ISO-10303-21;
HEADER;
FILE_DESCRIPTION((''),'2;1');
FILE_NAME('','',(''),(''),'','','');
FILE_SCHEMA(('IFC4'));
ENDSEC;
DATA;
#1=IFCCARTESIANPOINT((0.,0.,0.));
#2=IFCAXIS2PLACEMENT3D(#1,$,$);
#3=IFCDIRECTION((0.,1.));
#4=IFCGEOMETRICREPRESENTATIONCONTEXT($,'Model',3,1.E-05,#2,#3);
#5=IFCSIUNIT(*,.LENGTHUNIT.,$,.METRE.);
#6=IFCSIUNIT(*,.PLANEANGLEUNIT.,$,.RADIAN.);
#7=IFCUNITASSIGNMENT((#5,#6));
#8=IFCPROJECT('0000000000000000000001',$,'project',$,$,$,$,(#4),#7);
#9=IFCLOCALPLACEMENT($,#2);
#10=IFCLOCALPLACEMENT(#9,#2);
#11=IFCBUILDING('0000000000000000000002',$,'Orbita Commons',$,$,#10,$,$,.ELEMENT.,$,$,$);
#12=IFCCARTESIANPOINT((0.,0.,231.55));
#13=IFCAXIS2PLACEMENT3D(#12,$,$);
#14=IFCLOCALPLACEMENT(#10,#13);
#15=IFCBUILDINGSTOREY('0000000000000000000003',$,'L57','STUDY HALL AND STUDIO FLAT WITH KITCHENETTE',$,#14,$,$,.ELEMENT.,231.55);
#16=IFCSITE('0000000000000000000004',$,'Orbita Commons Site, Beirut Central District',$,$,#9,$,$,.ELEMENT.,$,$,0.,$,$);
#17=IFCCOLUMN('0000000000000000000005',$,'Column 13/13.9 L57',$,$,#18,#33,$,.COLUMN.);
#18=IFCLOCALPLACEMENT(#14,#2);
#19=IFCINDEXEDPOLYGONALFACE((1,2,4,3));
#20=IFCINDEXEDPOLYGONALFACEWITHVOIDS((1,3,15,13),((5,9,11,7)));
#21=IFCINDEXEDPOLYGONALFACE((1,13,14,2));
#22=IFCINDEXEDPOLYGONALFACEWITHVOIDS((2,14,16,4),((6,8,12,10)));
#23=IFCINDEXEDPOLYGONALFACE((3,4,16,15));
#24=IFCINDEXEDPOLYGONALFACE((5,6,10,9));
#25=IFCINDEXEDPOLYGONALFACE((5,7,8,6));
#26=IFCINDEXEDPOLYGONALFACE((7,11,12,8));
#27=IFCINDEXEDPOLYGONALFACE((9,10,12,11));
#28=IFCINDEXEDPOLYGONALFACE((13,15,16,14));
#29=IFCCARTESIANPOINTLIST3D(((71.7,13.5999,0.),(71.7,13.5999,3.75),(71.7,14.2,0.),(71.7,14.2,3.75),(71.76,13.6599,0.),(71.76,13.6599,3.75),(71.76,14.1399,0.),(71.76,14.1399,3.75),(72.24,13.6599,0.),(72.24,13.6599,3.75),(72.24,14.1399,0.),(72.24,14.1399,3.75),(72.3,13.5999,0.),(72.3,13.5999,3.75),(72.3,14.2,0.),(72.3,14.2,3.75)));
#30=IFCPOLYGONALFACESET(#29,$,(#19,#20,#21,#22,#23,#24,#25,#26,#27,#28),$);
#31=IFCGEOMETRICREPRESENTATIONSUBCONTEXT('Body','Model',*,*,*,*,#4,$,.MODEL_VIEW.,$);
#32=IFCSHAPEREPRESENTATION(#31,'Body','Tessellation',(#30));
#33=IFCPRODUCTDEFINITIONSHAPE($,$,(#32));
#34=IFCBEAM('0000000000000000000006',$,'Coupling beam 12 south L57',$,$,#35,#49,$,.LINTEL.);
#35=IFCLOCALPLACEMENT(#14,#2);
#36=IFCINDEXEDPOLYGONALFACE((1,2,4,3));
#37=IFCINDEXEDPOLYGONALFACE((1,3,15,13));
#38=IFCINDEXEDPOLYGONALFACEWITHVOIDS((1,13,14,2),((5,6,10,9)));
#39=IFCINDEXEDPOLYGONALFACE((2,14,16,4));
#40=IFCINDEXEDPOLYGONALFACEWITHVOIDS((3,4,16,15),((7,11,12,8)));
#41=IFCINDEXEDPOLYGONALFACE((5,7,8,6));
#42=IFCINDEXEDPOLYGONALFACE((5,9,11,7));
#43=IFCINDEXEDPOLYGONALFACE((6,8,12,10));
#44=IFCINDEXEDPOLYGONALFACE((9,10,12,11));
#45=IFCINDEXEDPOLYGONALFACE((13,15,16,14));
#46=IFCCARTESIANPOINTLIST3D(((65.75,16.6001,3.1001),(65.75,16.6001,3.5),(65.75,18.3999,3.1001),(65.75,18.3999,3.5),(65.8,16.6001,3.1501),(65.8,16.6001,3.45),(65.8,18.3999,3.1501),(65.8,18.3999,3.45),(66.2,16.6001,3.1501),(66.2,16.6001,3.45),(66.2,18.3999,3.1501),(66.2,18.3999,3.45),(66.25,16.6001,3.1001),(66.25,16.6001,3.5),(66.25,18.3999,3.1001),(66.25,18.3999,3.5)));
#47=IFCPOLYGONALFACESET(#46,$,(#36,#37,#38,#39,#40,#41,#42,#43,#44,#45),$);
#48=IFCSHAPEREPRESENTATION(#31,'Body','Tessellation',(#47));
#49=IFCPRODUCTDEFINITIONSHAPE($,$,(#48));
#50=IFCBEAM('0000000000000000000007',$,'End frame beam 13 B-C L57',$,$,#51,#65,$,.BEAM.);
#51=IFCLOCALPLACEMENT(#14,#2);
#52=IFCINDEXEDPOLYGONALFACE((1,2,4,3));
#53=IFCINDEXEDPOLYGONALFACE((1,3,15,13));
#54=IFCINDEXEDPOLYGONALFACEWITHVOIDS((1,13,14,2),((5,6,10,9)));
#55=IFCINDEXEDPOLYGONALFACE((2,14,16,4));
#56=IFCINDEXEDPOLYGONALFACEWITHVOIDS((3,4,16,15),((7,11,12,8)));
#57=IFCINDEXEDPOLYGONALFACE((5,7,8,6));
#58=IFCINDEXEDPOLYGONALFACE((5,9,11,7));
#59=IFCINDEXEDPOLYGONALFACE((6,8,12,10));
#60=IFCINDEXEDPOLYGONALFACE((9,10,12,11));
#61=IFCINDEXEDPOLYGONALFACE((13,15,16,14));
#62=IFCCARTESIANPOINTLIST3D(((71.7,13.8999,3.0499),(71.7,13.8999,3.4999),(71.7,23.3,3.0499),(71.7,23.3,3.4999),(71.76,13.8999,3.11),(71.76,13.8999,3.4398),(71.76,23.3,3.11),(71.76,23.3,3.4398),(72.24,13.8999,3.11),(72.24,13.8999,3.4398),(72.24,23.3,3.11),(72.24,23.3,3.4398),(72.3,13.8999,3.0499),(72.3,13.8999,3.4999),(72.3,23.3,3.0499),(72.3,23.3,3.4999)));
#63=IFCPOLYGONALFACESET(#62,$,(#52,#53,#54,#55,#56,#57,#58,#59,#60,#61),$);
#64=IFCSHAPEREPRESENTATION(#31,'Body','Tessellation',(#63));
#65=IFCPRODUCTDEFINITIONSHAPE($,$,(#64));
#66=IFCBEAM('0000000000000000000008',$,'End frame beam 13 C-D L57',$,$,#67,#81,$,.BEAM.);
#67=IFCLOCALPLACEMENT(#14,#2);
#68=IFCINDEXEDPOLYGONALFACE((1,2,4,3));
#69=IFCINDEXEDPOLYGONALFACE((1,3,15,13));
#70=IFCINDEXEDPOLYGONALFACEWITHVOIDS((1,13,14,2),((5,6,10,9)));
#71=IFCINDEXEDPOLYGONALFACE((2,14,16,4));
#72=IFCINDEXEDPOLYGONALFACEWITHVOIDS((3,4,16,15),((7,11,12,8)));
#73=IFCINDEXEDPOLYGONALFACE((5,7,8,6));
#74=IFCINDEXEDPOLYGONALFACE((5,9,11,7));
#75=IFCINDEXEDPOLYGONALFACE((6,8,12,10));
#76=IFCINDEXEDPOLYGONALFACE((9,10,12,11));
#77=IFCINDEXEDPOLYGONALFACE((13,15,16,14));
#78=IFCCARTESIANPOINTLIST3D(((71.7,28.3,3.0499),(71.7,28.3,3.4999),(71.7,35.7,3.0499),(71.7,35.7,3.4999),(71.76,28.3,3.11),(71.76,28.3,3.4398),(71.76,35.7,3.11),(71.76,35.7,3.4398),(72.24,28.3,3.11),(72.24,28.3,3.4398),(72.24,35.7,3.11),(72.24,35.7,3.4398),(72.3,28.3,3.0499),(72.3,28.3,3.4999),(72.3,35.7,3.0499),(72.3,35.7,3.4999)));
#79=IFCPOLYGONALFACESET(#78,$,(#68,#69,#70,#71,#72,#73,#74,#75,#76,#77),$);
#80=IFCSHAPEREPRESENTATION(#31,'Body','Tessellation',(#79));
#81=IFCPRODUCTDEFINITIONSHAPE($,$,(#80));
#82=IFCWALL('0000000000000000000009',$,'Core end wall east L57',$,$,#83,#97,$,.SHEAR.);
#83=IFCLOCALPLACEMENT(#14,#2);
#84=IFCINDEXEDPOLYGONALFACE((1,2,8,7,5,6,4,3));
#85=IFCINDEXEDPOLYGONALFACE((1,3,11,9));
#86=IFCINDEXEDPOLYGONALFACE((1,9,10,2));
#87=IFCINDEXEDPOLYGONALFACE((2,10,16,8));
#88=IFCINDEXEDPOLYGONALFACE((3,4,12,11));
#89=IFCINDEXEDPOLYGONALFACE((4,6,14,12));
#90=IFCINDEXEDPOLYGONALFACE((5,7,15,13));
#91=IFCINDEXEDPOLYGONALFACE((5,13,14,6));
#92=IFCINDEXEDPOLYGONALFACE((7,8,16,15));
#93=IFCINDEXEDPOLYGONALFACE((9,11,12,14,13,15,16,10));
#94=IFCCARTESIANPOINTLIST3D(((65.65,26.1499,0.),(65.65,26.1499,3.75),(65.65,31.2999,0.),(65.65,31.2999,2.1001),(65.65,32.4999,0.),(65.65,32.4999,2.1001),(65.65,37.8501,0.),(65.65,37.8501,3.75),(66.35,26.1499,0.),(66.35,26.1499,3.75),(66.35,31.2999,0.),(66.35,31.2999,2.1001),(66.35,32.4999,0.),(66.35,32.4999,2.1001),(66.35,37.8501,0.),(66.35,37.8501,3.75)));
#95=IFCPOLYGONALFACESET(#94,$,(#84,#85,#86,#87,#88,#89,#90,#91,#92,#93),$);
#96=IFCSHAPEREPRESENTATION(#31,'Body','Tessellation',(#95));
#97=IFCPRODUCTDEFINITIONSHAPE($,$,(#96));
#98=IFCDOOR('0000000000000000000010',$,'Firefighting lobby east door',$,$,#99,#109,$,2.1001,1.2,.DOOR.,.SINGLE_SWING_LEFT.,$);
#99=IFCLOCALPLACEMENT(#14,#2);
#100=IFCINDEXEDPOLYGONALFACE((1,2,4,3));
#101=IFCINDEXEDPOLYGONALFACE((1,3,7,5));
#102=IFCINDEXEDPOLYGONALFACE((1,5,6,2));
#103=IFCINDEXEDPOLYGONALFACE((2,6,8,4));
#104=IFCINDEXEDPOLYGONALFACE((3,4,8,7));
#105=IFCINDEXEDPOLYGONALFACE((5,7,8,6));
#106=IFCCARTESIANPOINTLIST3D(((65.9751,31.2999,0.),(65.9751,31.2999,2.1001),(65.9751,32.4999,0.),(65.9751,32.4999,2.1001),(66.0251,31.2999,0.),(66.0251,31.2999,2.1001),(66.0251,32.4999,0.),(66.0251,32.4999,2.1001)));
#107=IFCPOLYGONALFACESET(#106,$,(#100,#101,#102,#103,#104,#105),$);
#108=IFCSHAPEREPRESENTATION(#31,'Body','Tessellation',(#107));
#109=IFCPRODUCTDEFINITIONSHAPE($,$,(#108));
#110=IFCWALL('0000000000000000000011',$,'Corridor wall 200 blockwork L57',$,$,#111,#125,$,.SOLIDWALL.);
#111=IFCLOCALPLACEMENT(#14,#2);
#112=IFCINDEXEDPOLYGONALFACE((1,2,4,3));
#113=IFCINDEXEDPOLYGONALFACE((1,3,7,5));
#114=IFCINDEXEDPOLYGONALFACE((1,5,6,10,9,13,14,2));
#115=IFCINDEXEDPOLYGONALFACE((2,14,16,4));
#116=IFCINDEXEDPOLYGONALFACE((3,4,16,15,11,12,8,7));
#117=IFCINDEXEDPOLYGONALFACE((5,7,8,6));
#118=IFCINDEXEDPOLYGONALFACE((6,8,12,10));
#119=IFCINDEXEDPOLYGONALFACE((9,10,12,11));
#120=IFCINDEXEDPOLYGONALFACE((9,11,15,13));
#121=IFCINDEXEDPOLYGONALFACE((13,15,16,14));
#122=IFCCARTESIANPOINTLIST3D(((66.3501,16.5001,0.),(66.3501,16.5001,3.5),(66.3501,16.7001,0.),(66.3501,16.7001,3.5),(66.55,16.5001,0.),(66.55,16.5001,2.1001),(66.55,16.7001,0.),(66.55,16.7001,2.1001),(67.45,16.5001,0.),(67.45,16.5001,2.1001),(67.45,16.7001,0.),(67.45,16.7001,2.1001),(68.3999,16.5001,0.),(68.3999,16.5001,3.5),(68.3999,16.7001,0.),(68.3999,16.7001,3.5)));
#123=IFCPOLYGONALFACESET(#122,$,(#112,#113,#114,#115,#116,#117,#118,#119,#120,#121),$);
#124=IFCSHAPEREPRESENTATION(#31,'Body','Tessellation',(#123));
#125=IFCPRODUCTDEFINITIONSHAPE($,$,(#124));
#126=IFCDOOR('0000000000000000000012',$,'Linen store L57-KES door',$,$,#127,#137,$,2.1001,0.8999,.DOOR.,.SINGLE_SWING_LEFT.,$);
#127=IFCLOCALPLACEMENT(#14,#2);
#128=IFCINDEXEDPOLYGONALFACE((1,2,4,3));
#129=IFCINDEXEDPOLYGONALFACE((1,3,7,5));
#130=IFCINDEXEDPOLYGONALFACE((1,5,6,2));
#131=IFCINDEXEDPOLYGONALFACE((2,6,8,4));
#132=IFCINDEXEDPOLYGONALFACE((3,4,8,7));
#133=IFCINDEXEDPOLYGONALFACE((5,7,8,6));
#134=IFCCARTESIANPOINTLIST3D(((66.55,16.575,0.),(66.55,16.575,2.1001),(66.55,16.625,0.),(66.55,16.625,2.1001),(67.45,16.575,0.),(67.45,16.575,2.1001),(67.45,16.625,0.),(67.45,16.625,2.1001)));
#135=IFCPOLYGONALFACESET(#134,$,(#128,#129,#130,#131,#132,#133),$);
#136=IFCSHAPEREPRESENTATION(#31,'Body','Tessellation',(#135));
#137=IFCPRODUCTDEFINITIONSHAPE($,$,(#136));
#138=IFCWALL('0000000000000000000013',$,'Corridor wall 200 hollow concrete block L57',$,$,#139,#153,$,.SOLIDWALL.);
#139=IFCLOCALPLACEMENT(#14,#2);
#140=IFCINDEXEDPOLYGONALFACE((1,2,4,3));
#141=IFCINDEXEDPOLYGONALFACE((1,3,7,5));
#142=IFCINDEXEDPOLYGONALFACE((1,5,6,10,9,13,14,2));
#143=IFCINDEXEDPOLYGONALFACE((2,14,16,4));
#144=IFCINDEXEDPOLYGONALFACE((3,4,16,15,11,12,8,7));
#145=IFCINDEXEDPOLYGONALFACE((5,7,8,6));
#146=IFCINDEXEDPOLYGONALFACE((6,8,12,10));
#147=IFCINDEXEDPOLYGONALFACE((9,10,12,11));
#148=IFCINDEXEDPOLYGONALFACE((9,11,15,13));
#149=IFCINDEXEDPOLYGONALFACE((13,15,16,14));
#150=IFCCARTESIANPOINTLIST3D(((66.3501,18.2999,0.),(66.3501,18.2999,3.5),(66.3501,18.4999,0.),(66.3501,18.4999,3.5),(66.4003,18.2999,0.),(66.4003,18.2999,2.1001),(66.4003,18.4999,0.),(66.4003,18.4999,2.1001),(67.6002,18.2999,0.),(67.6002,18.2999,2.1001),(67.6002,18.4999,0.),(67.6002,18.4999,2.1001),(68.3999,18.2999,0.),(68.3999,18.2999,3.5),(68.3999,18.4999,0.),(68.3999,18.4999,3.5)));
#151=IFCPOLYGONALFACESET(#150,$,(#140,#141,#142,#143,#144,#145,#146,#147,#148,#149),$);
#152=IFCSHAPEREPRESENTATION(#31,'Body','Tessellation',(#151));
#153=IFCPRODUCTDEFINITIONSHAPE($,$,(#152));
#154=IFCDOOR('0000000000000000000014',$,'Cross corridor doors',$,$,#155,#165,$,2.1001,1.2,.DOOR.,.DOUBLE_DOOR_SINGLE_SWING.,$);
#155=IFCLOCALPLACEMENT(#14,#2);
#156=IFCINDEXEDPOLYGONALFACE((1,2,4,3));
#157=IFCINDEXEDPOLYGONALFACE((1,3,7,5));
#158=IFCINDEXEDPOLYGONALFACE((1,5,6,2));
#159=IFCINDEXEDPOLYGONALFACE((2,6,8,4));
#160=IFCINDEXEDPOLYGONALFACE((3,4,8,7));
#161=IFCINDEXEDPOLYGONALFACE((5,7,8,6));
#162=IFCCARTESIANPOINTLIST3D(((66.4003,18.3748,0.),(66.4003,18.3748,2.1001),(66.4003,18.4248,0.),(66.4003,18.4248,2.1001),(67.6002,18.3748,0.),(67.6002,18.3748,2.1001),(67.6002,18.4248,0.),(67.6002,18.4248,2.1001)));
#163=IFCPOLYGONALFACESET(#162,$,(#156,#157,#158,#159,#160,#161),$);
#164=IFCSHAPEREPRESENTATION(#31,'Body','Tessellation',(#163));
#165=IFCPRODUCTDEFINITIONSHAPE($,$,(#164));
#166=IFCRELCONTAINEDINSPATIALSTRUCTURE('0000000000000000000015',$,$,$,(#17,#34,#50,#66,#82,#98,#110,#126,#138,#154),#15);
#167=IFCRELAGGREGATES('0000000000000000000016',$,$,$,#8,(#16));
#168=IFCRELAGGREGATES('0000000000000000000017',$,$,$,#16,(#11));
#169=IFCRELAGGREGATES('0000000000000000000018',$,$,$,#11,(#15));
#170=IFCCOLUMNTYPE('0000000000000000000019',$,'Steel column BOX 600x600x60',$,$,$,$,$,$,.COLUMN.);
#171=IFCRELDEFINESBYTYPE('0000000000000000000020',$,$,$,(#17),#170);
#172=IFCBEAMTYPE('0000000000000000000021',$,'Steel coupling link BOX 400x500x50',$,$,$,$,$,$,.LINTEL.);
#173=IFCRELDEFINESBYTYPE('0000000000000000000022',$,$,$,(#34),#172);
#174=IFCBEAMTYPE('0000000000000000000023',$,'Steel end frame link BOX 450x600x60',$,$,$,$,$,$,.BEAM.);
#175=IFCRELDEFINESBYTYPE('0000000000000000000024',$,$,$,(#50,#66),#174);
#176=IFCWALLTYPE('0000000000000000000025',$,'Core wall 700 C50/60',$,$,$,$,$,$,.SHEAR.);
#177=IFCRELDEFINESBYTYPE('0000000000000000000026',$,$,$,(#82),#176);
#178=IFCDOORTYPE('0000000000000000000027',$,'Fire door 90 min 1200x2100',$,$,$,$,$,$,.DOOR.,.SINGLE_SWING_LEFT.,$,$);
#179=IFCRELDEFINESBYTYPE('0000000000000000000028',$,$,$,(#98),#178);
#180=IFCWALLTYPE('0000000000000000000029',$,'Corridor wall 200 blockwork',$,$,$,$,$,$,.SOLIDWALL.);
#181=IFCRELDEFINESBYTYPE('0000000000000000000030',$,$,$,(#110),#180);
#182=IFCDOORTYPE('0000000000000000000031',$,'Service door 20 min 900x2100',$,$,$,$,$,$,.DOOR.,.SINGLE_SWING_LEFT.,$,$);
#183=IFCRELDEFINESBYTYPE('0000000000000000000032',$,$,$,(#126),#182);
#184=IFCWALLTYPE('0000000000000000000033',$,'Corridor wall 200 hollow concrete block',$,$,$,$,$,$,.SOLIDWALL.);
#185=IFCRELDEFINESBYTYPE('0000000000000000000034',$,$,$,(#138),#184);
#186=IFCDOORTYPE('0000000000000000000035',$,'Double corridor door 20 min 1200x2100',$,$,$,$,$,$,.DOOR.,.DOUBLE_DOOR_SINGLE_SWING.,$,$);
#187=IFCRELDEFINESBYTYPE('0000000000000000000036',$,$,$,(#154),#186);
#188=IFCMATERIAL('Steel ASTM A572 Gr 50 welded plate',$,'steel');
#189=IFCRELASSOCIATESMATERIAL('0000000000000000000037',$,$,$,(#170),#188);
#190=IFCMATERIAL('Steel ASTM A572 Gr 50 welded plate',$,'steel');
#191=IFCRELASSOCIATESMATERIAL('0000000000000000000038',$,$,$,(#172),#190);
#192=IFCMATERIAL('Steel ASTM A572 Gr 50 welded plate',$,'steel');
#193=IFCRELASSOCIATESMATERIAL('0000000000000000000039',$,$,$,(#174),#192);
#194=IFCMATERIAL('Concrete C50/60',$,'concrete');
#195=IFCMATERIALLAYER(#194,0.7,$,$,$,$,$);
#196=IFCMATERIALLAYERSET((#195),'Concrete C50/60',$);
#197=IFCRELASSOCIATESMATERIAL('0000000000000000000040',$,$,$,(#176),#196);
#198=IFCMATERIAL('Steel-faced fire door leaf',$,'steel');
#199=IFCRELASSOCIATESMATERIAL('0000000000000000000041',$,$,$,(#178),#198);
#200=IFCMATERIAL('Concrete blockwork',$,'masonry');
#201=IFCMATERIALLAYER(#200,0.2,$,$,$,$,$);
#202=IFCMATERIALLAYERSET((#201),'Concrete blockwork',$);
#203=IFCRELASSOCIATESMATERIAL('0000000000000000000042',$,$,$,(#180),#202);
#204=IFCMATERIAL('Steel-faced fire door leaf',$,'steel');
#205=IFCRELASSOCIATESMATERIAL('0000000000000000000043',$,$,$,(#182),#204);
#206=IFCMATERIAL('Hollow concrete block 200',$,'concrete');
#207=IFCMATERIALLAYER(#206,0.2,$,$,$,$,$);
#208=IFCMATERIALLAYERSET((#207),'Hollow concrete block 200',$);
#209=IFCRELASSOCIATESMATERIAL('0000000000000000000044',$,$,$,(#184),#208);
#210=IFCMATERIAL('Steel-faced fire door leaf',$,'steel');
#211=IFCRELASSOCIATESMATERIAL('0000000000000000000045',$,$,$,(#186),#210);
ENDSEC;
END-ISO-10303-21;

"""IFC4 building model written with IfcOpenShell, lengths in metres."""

from ifc_helpers import new_model, si_unit, direction, frame, frame_2d, origin, origin_2d, place, context, subcontext, project, spatial, rectangle, hollow_rectangle, extrude, material, layer, layer_set, material_profile, profile_set, type_object, element, fill, save


model = new_model("IFC4")

# Units and contexts
model_context = context("Model", 3, precision=1e-05, world=origin(), true_north=direction((0.0, 1.0)))
body_context = subcontext(model_context, "Body", "Model", "MODEL_VIEW")
ifc_project = project(units=[si_unit("LENGTHUNIT", "METRE"), si_unit("PLANEANGLEUNIT", "RADIAN")], contexts=[model_context])

# Site, building, storey
site_placement = place(None, origin())
site = spatial("IfcSite", under=ifc_project, at=site_placement, Name="Orbita Commons Site, Beirut Central District", CompositionType="ELEMENT", RefElevation=0.0)
building_placement = place(site_placement, origin())
building = spatial("IfcBuilding", under=site, at=building_placement, Name="Orbita Commons", CompositionType="ELEMENT")
storey_placement = place(building_placement, frame((0.0, 0.0, 231.55)))
storey = spatial("IfcBuildingStorey", under=building, at=storey_placement, Name="L57", Description="STUDY HALL AND STUDIO FLAT WITH KITCHENETTE", CompositionType="ELEMENT", Elevation=231.55)

# Column
ifc_material_1 = material(Name="Steel ASTM A572 Gr 50 welded plate", Category="steel")
ifc_material_profile_1 = material_profile(ifc_material_1, hollow_rectangle(XDim=0.6001, YDim=0.6001, WallThickness=0.0601, at=origin_2d()), Name="BOX 600x600x60")
ifc_profile_set_1 = profile_set([ifc_material_profile_1], Name="Steel ASTM A572 Gr 50 welded plate")
column_type = type_object("IfcColumnType", Name="Steel column BOX 600x600x60", PredefinedType="COLUMN", material=ifc_profile_set_1)
column_placement = place(storey_placement, frame((72.0, 13.8999, 0.0), z_axis=(0.0, 0.0, 1.0), x_axis=(1.0, 0.0, 0.0)))
element("IfcColumn", 1, at=column_placement, inside=storey, type_object=column_type, Name="Column 13/13.9 L57", PredefinedType="COLUMN", context=body_context, shape_type="SweptSolid", body=[
    extrude(hollow_rectangle(XDim=0.6001, YDim=0.6001, WallThickness=0.0601, at=origin_2d()), origin(), (0.0, 0.0, 1.0), 3.75),
])

# Beams
ifc_material_2 = material(Name="Steel ASTM A572 Gr 50 welded plate", Category="steel")
ifc_material_profile_2 = material_profile(ifc_material_2, hollow_rectangle(XDim=0.5, YDim=0.3999, WallThickness=0.05, at=origin_2d()), Name="BOX 400x500x50")
ifc_profile_set_2 = profile_set([ifc_material_profile_2], Name="Steel ASTM A572 Gr 50 welded plate")
beam_type_1 = type_object("IfcBeamType", Name="Steel coupling link BOX 400x500x50", PredefinedType="LINTEL", material=ifc_profile_set_2)
beam_1_placement = place(storey_placement, frame((66.0, 16.6001, 3.3), z_axis=(0.0, 1.0, 0.0), x_axis=(-1.0, 0.0, 0.0)))
element("IfcBeam", 2, at=beam_1_placement, inside=storey, type_object=beam_type_1, Name="Coupling beam 12 south L57", PredefinedType="LINTEL", context=body_context, shape_type="SweptSolid", body=[
    extrude(hollow_rectangle(XDim=0.5, YDim=0.3999, WallThickness=0.05, at=origin_2d()), origin(), (0.0, 0.0, 1.0), 1.7998),
])
ifc_material_3 = material(Name="Steel ASTM A572 Gr 50 welded plate", Category="steel")
ifc_material_profile_3 = material_profile(ifc_material_3, hollow_rectangle(XDim=0.6001, YDim=0.45, WallThickness=0.0601, at=origin_2d()), Name="BOX 450x600x60")
ifc_profile_set_3 = profile_set([ifc_material_profile_3], Name="Steel ASTM A572 Gr 50 welded plate")
beam_type_2 = type_object("IfcBeamType", Name="Steel end frame link BOX 450x600x60", PredefinedType="BEAM", material=ifc_profile_set_3)
beam_2_placement = place(storey_placement, frame((72.0, 13.8999, 3.2749), z_axis=(0.0, 1.0, 0.0), x_axis=(-1.0, 0.0, 0.0)))
element("IfcBeam", 3, at=beam_2_placement, inside=storey, type_object=beam_type_2, Name="End frame beam 13 B-C L57", PredefinedType="BEAM", context=body_context, shape_type="SweptSolid", body=[
    extrude(hollow_rectangle(XDim=0.6001, YDim=0.45, WallThickness=0.0601, at=origin_2d()), origin(), (0.0, 0.0, 1.0), 9.4001),
])
beam_3_placement = place(storey_placement, frame((72.0, 28.3, 3.2749), z_axis=(0.0, 1.0, 0.0), x_axis=(-1.0, 0.0, 0.0)))
element("IfcBeam", 4, at=beam_3_placement, inside=storey, type_object=beam_type_2, Name="End frame beam 13 C-D L57", PredefinedType="BEAM", context=body_context, shape_type="SweptSolid", body=[
    extrude(hollow_rectangle(XDim=0.6001, YDim=0.45, WallThickness=0.0601, at=origin_2d()), origin(), (0.0, 0.0, 1.0), 7.3999),
])

# Walls, openings, doors
ifc_material_4 = material(Name="Concrete C50/60", Category="concrete")
ifc_layer_1 = layer(ifc_material_4, 0.7)
ifc_layer_set_1 = layer_set([ifc_layer_1], Name="Concrete C50/60")
wall_type_1 = type_object("IfcWallType", Name="Core wall 700 C50/60", PredefinedType="SHEAR", material=ifc_layer_set_1)
wall_1_placement = place(storey_placement, frame((66.0, 26.1499, 0.0), z_axis=(0.0, 0.0, 1.0), x_axis=(0.0, 1.0, 0.0)))
wall_1 = element("IfcWall", 5, at=wall_1_placement, inside=storey, type_object=wall_type_1, Name="Core end wall east L57", PredefinedType="SHEAR", context=body_context, shape_type="SweptSolid", body=[
    extrude(rectangle(XDim=11.7002, YDim=0.7, at=frame_2d((5.8501, 0.0))), origin(), (0.0, 0.0, 1.0), 3.75),
])
opening_1_placement = place(wall_1_placement, frame((5.1499, 0.0, 0.0)))
opening_1 = element("IfcOpeningElement", 6, at=opening_1_placement, cuts=wall_1, PredefinedType="OPENING", context=body_context, shape_type="SweptSolid", body=[
    extrude(rectangle(XDim=1.2, YDim=2.1001, at=frame_2d((0.6001, 1.05))), frame((0.0, 0.3599, 0.0), z_axis=(0.0, -1.0, 0.0), x_axis=(1.0, 0.0, 0.0)), (0.0, 0.0, 1.0), 0.72),
])
ifc_material_5 = material(Name="Steel-faced fire door leaf", Category="steel")
door_type_1 = type_object("IfcDoorType", Name="Fire door 90 min 1200x2100", OperationType="SINGLE_SWING_LEFT", PredefinedType="DOOR", material=ifc_material_5)
door_1_placement = place(opening_1_placement, origin())
door_1 = element("IfcDoor", 7, at=door_1_placement, inside=storey, type_object=door_type_1, Name="Firefighting lobby east door", OperationType="SINGLE_SWING_LEFT", OverallHeight=2.1001, OverallWidth=1.2, PredefinedType="DOOR", context=body_context, shape_type="SweptSolid", body=[
    extrude(rectangle(XDim=1.2, YDim=2.1001, at=frame_2d((0.6001, 1.05))), frame((0.0, 0.0249, 0.0), z_axis=(0.0, -1.0, 0.0), x_axis=(1.0, 0.0, 0.0)), (0.0, 0.0, 1.0), 0.05),
])
fill(opening_1, door_1)
ifc_material_6 = material(Name="Concrete blockwork", Category="masonry")
ifc_layer_2 = layer(ifc_material_6, 0.2)
ifc_layer_set_2 = layer_set([ifc_layer_2], Name="Concrete blockwork")
wall_type_2 = type_object("IfcWallType", Name="Corridor wall 200 blockwork", PredefinedType="SOLIDWALL", material=ifc_layer_set_2)
wall_2_placement = place(storey_placement, frame((66.3501, 16.6001, 0.0), z_axis=(0.0, 0.0, 1.0), x_axis=(1.0, 0.0, 0.0)))
wall_2 = element("IfcWall", 8, at=wall_2_placement, inside=storey, type_object=wall_type_2, Name="Corridor wall 200 blockwork L57", PredefinedType="SOLIDWALL", context=body_context, shape_type="SweptSolid", body=[
    extrude(rectangle(XDim=2.0498, YDim=0.2, at=frame_2d((1.0249, 0.0))), origin(), (0.0, 0.0, 1.0), 3.5),
])
opening_2_placement = place(wall_2_placement, frame((0.2, 0.0, 0.0)))
opening_2 = element("IfcOpeningElement", 9, at=opening_2_placement, cuts=wall_2, PredefinedType="OPENING", context=body_context, shape_type="SweptSolid", body=[
    extrude(rectangle(XDim=0.8999, YDim=2.1001, at=frame_2d((0.45, 1.05))), frame((0.0, 0.1099, 0.0), z_axis=(0.0, -1.0, 0.0), x_axis=(1.0, 0.0, 0.0)), (0.0, 0.0, 1.0), 0.22),
])
ifc_material_7 = material(Name="Steel-faced fire door leaf", Category="steel")
door_type_2 = type_object("IfcDoorType", Name="Service door 20 min 900x2100", OperationType="SINGLE_SWING_LEFT", PredefinedType="DOOR", material=ifc_material_7)
door_2_placement = place(opening_2_placement, origin())
door_2 = element("IfcDoor", 10, at=door_2_placement, inside=storey, type_object=door_type_2, Name="Linen store L57-KES door", OperationType="SINGLE_SWING_LEFT", OverallHeight=2.1001, OverallWidth=0.8999, PredefinedType="DOOR", context=body_context, shape_type="SweptSolid", body=[
    extrude(rectangle(XDim=0.8999, YDim=2.1001, at=frame_2d((0.45, 1.05))), frame((0.0, 0.0249, 0.0), z_axis=(0.0, -1.0, 0.0), x_axis=(1.0, 0.0, 0.0)), (0.0, 0.0, 1.0), 0.05),
])
fill(opening_2, door_2)
ifc_material_8 = material(Name="Hollow concrete block 200", Category="concrete")
ifc_layer_3 = layer(ifc_material_8, 0.2)
ifc_layer_set_3 = layer_set([ifc_layer_3], Name="Hollow concrete block 200")
wall_type_3 = type_object("IfcWallType", Name="Corridor wall 200 hollow concrete block", PredefinedType="SOLIDWALL", material=ifc_layer_set_3)
wall_3_placement = place(storey_placement, frame((66.3501, 18.3999, 0.0), z_axis=(0.0, 0.0, 1.0), x_axis=(1.0, 0.0, 0.0)))
wall_3 = element("IfcWall", 11, at=wall_3_placement, inside=storey, type_object=wall_type_3, Name="Corridor wall 200 hollow concrete block L57", PredefinedType="SOLIDWALL", context=body_context, shape_type="SweptSolid", body=[
    extrude(rectangle(XDim=2.0498, YDim=0.2, at=frame_2d((1.0249, 0.0))), origin(), (0.0, 0.0, 1.0), 3.5),
])
opening_3_placement = place(wall_3_placement, frame((0.05, 0.0, 0.0)))
opening_3 = element("IfcOpeningElement", 12, at=opening_3_placement, cuts=wall_3, PredefinedType="OPENING", context=body_context, shape_type="SweptSolid", body=[
    extrude(rectangle(XDim=1.2, YDim=2.1001, at=frame_2d((0.6001, 1.05))), frame((0.0, 0.1099, 0.0), z_axis=(0.0, -1.0, 0.0), x_axis=(1.0, 0.0, 0.0)), (0.0, 0.0, 1.0), 0.22),
])
ifc_material_9 = material(Name="Steel-faced fire door leaf", Category="steel")
door_type_3 = type_object("IfcDoorType", Name="Double corridor door 20 min 1200x2100", OperationType="DOUBLE_DOOR_SINGLE_SWING", PredefinedType="DOOR", material=ifc_material_9)
door_3_placement = place(opening_3_placement, origin())
door_3 = element("IfcDoor", 13, at=door_3_placement, inside=storey, type_object=door_type_3, Name="Cross corridor doors", OperationType="DOUBLE_DOOR_SINGLE_SWING", OverallHeight=2.1001, OverallWidth=1.2, PredefinedType="DOOR", context=body_context, shape_type="SweptSolid", body=[
    extrude(rectangle(XDim=1.2, YDim=2.1001, at=frame_2d((0.6001, 1.05))), frame((0.0, 0.0249, 0.0), z_axis=(0.0, -1.0, 0.0), x_axis=(1.0, 0.0, 0.0)), (0.0, 0.0, 1.0), 0.05),
])
fill(opening_3, door_3)

save(model, "model.ifc")
